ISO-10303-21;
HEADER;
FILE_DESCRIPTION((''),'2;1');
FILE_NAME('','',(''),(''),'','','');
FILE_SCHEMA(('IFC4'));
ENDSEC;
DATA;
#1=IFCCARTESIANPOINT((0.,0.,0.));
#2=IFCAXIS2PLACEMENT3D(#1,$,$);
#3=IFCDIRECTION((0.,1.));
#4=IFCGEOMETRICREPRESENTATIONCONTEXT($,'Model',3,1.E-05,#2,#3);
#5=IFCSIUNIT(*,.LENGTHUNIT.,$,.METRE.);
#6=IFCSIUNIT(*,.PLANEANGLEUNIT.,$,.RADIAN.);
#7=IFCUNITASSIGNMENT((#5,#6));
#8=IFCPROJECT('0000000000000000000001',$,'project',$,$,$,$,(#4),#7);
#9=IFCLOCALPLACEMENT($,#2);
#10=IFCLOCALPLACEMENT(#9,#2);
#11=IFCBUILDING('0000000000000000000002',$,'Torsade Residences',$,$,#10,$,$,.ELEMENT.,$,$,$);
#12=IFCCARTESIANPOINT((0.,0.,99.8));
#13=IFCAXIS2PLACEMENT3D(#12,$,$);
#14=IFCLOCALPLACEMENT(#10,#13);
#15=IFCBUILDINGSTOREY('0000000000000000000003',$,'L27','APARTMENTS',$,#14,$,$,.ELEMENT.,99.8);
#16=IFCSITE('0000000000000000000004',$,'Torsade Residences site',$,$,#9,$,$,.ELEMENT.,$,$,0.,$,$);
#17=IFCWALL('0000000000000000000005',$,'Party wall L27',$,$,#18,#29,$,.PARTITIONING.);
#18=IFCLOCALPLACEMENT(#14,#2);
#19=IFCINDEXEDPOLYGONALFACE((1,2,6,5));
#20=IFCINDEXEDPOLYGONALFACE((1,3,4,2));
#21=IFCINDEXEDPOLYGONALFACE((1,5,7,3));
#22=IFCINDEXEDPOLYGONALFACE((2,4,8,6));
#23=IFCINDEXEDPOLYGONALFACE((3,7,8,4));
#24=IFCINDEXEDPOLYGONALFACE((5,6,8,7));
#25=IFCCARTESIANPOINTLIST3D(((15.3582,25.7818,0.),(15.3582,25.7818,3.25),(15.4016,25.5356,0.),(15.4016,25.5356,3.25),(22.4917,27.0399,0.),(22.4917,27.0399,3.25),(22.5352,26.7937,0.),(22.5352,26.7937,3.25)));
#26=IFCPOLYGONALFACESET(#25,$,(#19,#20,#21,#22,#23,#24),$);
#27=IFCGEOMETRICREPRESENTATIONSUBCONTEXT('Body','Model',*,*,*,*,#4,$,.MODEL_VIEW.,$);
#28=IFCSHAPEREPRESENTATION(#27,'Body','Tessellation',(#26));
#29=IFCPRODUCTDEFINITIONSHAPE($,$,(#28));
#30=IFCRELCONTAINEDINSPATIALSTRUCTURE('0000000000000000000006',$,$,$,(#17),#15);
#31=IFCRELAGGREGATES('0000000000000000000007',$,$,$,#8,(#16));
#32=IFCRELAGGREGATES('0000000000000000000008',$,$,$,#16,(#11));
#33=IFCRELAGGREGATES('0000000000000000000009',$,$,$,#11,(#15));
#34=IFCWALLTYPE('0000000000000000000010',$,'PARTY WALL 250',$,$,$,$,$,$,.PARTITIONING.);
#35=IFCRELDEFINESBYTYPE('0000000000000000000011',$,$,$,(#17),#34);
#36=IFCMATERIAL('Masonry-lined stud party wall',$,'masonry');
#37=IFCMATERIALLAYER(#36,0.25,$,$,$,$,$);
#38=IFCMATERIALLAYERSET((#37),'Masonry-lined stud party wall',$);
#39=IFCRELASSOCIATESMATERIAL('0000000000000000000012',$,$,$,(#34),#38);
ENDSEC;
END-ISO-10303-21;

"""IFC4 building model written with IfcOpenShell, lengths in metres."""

from ifc_helpers import new_model, si_unit, direction, frame, frame_2d, origin, place, context, subcontext, project, spatial, rectangle, extrude, material, layer, layer_set, type_object, element, save


model = new_model("IFC4")

# Units and contexts
model_context = context("Model", 3, precision=1e-05, world=origin(), true_north=direction((0.0, 1.0)))
body_context = subcontext(model_context, "Body", "Model", "MODEL_VIEW")
ifc_project = project(units=[si_unit("LENGTHUNIT", "METRE"), si_unit("PLANEANGLEUNIT", "RADIAN")], contexts=[model_context])

# Site, building, storey
site_placement = place(None, origin())
site = spatial("IfcSite", under=ifc_project, at=site_placement, Name="Torsade Residences site", CompositionType="ELEMENT", RefElevation=0.0)
building_placement = place(site_placement, origin())
building = spatial("IfcBuilding", under=site, at=building_placement, Name="Torsade Residences", CompositionType="ELEMENT")
storey_placement = place(building_placement, frame((0.0, 0.0, 99.8)))
storey = spatial("IfcBuildingStorey", under=building, at=storey_placement, Name="L27", Description="APARTMENTS", CompositionType="ELEMENT", Elevation=99.8)

# Wall
ifc_material_1 = material(Name="Masonry-lined stud party wall", Category="masonry")
ifc_layer_1 = layer(ifc_material_1, 0.25)
ifc_layer_set_1 = layer_set([ifc_layer_1], Name="Masonry-lined stud party wall")
wall_type_1 = type_object("IfcWallType", Name="PARTY WALL 250", PredefinedType="PARTITIONING", material=ifc_layer_set_1)
wall_1_placement = place(storey_placement, frame((15.3799, 25.6587, 0.0), z_axis=(0.0, 0.0, 1.0), x_axis=(0.984803, 0.173678, 0.0)))
element("IfcWall", 1, at=wall_1_placement, inside=storey, type_object=wall_type_1, Name="Party wall L27", PredefinedType="PARTITIONING", context=body_context, shape_type="SweptSolid", body=[
    extrude(rectangle(XDim=7.2437, YDim=0.25, at=frame_2d((3.6218, 0.0))), origin(), (0.0, 0.0, 1.0), 3.25),
])

save(model, "model.ifc")
